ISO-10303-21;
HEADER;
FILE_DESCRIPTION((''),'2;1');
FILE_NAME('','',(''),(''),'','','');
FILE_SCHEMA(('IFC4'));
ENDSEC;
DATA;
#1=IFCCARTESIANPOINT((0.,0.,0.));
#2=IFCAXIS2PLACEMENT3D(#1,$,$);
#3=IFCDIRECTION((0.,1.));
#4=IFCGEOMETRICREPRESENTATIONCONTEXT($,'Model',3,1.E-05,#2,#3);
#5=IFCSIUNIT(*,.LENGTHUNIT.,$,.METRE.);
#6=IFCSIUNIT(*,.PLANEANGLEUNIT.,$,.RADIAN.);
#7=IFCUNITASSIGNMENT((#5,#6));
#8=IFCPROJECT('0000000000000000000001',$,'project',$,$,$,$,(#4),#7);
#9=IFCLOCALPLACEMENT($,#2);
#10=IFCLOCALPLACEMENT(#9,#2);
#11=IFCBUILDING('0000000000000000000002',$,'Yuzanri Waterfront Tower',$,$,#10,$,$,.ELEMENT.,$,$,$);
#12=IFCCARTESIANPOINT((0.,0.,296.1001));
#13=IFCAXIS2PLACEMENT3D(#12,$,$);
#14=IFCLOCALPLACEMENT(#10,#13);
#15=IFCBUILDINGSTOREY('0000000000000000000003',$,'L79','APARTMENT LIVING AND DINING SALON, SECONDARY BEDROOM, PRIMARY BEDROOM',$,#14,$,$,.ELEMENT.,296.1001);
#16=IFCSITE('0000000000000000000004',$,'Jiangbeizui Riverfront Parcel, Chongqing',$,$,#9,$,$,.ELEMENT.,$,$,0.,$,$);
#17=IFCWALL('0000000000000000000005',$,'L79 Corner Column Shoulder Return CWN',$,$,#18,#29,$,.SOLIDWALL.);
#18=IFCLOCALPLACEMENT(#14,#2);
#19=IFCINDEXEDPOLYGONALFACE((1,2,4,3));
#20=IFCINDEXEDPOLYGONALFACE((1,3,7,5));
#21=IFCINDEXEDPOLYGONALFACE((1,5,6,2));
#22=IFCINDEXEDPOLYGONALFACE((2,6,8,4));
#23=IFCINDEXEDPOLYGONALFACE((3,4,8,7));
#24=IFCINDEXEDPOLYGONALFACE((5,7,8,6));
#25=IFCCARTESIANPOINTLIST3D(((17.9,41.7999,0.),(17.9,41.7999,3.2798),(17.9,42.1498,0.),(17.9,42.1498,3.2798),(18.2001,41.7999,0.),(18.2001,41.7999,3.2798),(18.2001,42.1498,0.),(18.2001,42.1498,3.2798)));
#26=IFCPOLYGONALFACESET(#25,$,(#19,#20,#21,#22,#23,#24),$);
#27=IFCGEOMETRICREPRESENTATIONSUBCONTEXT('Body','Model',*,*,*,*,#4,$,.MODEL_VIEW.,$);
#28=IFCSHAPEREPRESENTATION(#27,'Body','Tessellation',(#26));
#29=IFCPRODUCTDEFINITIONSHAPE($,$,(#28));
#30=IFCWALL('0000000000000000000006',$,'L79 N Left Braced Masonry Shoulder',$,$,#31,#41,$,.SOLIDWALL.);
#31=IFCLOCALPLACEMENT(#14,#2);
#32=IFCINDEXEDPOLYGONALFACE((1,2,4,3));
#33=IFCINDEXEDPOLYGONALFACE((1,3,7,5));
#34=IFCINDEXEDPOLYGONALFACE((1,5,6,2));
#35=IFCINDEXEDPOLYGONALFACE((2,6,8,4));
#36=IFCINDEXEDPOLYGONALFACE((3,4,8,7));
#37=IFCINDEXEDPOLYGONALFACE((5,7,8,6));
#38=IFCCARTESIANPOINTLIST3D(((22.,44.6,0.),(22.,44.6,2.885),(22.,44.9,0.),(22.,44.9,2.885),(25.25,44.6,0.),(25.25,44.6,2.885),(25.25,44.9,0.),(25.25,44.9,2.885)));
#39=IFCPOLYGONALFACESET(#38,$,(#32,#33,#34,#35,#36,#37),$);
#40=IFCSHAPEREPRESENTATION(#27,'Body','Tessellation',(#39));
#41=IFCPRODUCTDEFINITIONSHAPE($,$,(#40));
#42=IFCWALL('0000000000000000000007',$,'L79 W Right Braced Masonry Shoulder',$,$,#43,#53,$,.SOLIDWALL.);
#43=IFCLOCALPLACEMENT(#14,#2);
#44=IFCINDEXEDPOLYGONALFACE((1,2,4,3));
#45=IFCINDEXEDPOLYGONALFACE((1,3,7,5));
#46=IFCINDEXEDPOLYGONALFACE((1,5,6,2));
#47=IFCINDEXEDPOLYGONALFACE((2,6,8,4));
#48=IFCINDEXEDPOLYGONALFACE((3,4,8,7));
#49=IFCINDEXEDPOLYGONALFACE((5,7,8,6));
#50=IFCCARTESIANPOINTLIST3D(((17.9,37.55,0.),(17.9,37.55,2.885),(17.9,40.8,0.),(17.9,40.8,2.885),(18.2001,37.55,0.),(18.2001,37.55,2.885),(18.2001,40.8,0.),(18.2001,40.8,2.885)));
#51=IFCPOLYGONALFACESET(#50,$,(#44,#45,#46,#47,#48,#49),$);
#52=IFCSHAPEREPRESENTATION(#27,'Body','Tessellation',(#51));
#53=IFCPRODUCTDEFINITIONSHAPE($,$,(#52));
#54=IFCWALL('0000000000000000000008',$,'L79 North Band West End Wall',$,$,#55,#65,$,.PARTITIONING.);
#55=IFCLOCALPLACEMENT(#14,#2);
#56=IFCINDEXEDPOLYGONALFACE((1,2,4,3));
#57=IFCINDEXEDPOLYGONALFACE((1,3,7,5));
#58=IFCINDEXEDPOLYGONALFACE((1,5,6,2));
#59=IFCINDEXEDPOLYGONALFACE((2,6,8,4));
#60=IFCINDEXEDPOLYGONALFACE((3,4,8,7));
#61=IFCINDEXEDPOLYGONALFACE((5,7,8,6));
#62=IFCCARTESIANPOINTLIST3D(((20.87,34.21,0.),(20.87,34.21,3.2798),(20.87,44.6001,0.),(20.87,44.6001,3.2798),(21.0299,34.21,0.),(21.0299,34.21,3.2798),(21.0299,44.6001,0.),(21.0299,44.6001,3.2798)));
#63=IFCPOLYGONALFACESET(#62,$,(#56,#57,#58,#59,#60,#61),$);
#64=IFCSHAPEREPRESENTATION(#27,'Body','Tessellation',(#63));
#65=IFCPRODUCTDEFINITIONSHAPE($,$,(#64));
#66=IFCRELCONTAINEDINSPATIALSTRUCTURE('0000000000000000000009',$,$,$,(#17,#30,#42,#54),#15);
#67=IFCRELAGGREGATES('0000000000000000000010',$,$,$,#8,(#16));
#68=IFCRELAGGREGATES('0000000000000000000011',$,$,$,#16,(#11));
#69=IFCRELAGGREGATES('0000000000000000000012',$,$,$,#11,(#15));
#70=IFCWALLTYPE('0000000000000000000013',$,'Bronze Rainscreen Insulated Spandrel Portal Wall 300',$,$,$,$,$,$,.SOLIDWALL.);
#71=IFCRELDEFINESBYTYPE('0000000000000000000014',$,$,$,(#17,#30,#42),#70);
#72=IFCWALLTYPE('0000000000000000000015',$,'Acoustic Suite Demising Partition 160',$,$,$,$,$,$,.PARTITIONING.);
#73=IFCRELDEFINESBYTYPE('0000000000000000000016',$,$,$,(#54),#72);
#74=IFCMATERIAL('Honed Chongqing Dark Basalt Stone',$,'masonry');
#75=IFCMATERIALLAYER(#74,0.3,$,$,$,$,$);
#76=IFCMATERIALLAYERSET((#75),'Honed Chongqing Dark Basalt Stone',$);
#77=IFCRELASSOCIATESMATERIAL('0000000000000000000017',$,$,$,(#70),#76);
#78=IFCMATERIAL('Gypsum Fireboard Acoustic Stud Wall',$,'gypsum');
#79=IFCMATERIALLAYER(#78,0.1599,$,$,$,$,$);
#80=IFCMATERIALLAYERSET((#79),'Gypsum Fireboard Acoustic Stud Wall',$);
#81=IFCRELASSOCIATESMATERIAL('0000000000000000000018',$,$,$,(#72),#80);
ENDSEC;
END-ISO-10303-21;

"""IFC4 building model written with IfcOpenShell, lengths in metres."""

from ifc_helpers import new_model, si_unit, direction, frame, frame_2d, origin, place, context, subcontext, project, spatial, rectangle, extrude, source, transform, mapped, material, layer, layer_set, type_object, element, save


model = new_model("IFC4")

# Units and contexts
model_context = context("Model", 3, precision=1e-05, world=origin(), true_north=direction((0.0, 1.0)))
body_context = subcontext(model_context, "Body", "Model", "MODEL_VIEW")
ifc_project = project(units=[si_unit("LENGTHUNIT", "METRE"), si_unit("PLANEANGLEUNIT", "RADIAN")], contexts=[model_context])

# Site, building, storey
site_placement = place(None, origin())
site = spatial("IfcSite", under=ifc_project, at=site_placement, Name="Jiangbeizui Riverfront Parcel, Chongqing", CompositionType="ELEMENT", RefElevation=0.0)
building_placement = place(site_placement, origin())
building = spatial("IfcBuilding", under=site, at=building_placement, Name="Yuzanri Waterfront Tower", CompositionType="ELEMENT")
storey_placement = place(building_placement, frame((0.0, 0.0, 296.1001)))
storey = spatial("IfcBuildingStorey", under=building, at=storey_placement, Name="L79", Description="APARTMENT LIVING AND DINING SALON, SECONDARY BEDROOM, PRIMARY BEDROOM", CompositionType="ELEMENT", Elevation=296.1001)

# Shared definitions
ifc_material_1 = material(Name="Honed Chongqing Dark Basalt Stone", Category="masonry")
ifc_layer_1 = layer(ifc_material_1, 0.3)
ifc_layer_set_1 = layer_set([ifc_layer_1], Name="Honed Chongqing Dark Basalt Stone")
wall_type_1 = type_object("IfcWallType", Name="Bronze Rainscreen Insulated Spandrel Portal Wall 300", PredefinedType="SOLIDWALL", material=ifc_layer_set_1)

# Walls
shared_shape_1 = source(origin(), body_context, "Body", "SweptSolid", [
    extrude(rectangle(XDim=0.3499, YDim=0.3, at=frame_2d((0.1748, 0.0))), origin(), (0.0, 0.0, 1.0), 3.2798),
])
wall_1_placement = place(storey_placement, frame((18.05, 41.8, 0.0), z_axis=(0.0, 0.0, 1.0), x_axis=(0.0, 1.0, 0.0)))
element("IfcWall", 1, at=wall_1_placement, inside=storey, type_object=wall_type_1, Name="L79 Corner Column Shoulder Return CWN", PredefinedType="SOLIDWALL", context=body_context, shape_type="MappedRepresentation", body=[
    mapped(shared_shape_1, transform((0.0, 0.0, 0.0), scale=1.0)),
])
shared_shape_2 = source(origin(), body_context, "Body", "SweptSolid", [
    extrude(rectangle(XDim=3.25, YDim=0.3, at=frame_2d((1.625, 0.0))), origin(), (0.0, 0.0, 1.0), 2.885),
])
for number, where, z_axis, x_axis, name in (
    (2, (22.0, 44.75, 0.0), (0.0, 0.0, 1.0), (1.0, 0.0, 0.0), "L79 N Left Braced Masonry Shoulder"),
    (3, (18.05, 37.55, 0.0), (0.0, 0.0, 1.0), (0.0, 1.0, 0.0), "L79 W Right Braced Masonry Shoulder"),
):
    element("IfcWall", number, at=place(storey_placement, frame(where, z_axis=z_axis, x_axis=x_axis)), inside=storey, type_object=wall_type_1, Name=name, PredefinedType="SOLIDWALL", context=body_context, shape_type="MappedRepresentation", body=[
        mapped(shared_shape_2, transform((0.0, 0.0, 0.0), scale=1.0)),
    ])
ifc_material_2 = material(Name="Gypsum Fireboard Acoustic Stud Wall", Category="gypsum")
ifc_layer_2 = layer(ifc_material_2, 0.1599)
ifc_layer_set_2 = layer_set([ifc_layer_2], Name="Gypsum Fireboard Acoustic Stud Wall")
wall_type_2 = type_object("IfcWallType", Name="Acoustic Suite Demising Partition 160", PredefinedType="PARTITIONING", material=ifc_layer_set_2)
shared_shape_3 = source(origin(), body_context, "Body", "SweptSolid", [
    extrude(rectangle(XDim=10.3901, YDim=0.1599, at=frame_2d((5.1951, 0.0))), origin(), (0.0, 0.0, 1.0), 3.2798),
])
wall_2_placement = place(storey_placement, frame((20.95, 34.21, 0.0), z_axis=(0.0, 0.0, 1.0), x_axis=(0.0, 1.0, 0.0)))
element("IfcWall", 4, at=wall_2_placement, inside=storey, type_object=wall_type_2, Name="L79 North Band West End Wall", PredefinedType="PARTITIONING", context=body_context, shape_type="MappedRepresentation", body=[
    mapped(shared_shape_3, transform((0.0, 0.0, 0.0), scale=1.0)),
])

save(model, "model.ifc")
